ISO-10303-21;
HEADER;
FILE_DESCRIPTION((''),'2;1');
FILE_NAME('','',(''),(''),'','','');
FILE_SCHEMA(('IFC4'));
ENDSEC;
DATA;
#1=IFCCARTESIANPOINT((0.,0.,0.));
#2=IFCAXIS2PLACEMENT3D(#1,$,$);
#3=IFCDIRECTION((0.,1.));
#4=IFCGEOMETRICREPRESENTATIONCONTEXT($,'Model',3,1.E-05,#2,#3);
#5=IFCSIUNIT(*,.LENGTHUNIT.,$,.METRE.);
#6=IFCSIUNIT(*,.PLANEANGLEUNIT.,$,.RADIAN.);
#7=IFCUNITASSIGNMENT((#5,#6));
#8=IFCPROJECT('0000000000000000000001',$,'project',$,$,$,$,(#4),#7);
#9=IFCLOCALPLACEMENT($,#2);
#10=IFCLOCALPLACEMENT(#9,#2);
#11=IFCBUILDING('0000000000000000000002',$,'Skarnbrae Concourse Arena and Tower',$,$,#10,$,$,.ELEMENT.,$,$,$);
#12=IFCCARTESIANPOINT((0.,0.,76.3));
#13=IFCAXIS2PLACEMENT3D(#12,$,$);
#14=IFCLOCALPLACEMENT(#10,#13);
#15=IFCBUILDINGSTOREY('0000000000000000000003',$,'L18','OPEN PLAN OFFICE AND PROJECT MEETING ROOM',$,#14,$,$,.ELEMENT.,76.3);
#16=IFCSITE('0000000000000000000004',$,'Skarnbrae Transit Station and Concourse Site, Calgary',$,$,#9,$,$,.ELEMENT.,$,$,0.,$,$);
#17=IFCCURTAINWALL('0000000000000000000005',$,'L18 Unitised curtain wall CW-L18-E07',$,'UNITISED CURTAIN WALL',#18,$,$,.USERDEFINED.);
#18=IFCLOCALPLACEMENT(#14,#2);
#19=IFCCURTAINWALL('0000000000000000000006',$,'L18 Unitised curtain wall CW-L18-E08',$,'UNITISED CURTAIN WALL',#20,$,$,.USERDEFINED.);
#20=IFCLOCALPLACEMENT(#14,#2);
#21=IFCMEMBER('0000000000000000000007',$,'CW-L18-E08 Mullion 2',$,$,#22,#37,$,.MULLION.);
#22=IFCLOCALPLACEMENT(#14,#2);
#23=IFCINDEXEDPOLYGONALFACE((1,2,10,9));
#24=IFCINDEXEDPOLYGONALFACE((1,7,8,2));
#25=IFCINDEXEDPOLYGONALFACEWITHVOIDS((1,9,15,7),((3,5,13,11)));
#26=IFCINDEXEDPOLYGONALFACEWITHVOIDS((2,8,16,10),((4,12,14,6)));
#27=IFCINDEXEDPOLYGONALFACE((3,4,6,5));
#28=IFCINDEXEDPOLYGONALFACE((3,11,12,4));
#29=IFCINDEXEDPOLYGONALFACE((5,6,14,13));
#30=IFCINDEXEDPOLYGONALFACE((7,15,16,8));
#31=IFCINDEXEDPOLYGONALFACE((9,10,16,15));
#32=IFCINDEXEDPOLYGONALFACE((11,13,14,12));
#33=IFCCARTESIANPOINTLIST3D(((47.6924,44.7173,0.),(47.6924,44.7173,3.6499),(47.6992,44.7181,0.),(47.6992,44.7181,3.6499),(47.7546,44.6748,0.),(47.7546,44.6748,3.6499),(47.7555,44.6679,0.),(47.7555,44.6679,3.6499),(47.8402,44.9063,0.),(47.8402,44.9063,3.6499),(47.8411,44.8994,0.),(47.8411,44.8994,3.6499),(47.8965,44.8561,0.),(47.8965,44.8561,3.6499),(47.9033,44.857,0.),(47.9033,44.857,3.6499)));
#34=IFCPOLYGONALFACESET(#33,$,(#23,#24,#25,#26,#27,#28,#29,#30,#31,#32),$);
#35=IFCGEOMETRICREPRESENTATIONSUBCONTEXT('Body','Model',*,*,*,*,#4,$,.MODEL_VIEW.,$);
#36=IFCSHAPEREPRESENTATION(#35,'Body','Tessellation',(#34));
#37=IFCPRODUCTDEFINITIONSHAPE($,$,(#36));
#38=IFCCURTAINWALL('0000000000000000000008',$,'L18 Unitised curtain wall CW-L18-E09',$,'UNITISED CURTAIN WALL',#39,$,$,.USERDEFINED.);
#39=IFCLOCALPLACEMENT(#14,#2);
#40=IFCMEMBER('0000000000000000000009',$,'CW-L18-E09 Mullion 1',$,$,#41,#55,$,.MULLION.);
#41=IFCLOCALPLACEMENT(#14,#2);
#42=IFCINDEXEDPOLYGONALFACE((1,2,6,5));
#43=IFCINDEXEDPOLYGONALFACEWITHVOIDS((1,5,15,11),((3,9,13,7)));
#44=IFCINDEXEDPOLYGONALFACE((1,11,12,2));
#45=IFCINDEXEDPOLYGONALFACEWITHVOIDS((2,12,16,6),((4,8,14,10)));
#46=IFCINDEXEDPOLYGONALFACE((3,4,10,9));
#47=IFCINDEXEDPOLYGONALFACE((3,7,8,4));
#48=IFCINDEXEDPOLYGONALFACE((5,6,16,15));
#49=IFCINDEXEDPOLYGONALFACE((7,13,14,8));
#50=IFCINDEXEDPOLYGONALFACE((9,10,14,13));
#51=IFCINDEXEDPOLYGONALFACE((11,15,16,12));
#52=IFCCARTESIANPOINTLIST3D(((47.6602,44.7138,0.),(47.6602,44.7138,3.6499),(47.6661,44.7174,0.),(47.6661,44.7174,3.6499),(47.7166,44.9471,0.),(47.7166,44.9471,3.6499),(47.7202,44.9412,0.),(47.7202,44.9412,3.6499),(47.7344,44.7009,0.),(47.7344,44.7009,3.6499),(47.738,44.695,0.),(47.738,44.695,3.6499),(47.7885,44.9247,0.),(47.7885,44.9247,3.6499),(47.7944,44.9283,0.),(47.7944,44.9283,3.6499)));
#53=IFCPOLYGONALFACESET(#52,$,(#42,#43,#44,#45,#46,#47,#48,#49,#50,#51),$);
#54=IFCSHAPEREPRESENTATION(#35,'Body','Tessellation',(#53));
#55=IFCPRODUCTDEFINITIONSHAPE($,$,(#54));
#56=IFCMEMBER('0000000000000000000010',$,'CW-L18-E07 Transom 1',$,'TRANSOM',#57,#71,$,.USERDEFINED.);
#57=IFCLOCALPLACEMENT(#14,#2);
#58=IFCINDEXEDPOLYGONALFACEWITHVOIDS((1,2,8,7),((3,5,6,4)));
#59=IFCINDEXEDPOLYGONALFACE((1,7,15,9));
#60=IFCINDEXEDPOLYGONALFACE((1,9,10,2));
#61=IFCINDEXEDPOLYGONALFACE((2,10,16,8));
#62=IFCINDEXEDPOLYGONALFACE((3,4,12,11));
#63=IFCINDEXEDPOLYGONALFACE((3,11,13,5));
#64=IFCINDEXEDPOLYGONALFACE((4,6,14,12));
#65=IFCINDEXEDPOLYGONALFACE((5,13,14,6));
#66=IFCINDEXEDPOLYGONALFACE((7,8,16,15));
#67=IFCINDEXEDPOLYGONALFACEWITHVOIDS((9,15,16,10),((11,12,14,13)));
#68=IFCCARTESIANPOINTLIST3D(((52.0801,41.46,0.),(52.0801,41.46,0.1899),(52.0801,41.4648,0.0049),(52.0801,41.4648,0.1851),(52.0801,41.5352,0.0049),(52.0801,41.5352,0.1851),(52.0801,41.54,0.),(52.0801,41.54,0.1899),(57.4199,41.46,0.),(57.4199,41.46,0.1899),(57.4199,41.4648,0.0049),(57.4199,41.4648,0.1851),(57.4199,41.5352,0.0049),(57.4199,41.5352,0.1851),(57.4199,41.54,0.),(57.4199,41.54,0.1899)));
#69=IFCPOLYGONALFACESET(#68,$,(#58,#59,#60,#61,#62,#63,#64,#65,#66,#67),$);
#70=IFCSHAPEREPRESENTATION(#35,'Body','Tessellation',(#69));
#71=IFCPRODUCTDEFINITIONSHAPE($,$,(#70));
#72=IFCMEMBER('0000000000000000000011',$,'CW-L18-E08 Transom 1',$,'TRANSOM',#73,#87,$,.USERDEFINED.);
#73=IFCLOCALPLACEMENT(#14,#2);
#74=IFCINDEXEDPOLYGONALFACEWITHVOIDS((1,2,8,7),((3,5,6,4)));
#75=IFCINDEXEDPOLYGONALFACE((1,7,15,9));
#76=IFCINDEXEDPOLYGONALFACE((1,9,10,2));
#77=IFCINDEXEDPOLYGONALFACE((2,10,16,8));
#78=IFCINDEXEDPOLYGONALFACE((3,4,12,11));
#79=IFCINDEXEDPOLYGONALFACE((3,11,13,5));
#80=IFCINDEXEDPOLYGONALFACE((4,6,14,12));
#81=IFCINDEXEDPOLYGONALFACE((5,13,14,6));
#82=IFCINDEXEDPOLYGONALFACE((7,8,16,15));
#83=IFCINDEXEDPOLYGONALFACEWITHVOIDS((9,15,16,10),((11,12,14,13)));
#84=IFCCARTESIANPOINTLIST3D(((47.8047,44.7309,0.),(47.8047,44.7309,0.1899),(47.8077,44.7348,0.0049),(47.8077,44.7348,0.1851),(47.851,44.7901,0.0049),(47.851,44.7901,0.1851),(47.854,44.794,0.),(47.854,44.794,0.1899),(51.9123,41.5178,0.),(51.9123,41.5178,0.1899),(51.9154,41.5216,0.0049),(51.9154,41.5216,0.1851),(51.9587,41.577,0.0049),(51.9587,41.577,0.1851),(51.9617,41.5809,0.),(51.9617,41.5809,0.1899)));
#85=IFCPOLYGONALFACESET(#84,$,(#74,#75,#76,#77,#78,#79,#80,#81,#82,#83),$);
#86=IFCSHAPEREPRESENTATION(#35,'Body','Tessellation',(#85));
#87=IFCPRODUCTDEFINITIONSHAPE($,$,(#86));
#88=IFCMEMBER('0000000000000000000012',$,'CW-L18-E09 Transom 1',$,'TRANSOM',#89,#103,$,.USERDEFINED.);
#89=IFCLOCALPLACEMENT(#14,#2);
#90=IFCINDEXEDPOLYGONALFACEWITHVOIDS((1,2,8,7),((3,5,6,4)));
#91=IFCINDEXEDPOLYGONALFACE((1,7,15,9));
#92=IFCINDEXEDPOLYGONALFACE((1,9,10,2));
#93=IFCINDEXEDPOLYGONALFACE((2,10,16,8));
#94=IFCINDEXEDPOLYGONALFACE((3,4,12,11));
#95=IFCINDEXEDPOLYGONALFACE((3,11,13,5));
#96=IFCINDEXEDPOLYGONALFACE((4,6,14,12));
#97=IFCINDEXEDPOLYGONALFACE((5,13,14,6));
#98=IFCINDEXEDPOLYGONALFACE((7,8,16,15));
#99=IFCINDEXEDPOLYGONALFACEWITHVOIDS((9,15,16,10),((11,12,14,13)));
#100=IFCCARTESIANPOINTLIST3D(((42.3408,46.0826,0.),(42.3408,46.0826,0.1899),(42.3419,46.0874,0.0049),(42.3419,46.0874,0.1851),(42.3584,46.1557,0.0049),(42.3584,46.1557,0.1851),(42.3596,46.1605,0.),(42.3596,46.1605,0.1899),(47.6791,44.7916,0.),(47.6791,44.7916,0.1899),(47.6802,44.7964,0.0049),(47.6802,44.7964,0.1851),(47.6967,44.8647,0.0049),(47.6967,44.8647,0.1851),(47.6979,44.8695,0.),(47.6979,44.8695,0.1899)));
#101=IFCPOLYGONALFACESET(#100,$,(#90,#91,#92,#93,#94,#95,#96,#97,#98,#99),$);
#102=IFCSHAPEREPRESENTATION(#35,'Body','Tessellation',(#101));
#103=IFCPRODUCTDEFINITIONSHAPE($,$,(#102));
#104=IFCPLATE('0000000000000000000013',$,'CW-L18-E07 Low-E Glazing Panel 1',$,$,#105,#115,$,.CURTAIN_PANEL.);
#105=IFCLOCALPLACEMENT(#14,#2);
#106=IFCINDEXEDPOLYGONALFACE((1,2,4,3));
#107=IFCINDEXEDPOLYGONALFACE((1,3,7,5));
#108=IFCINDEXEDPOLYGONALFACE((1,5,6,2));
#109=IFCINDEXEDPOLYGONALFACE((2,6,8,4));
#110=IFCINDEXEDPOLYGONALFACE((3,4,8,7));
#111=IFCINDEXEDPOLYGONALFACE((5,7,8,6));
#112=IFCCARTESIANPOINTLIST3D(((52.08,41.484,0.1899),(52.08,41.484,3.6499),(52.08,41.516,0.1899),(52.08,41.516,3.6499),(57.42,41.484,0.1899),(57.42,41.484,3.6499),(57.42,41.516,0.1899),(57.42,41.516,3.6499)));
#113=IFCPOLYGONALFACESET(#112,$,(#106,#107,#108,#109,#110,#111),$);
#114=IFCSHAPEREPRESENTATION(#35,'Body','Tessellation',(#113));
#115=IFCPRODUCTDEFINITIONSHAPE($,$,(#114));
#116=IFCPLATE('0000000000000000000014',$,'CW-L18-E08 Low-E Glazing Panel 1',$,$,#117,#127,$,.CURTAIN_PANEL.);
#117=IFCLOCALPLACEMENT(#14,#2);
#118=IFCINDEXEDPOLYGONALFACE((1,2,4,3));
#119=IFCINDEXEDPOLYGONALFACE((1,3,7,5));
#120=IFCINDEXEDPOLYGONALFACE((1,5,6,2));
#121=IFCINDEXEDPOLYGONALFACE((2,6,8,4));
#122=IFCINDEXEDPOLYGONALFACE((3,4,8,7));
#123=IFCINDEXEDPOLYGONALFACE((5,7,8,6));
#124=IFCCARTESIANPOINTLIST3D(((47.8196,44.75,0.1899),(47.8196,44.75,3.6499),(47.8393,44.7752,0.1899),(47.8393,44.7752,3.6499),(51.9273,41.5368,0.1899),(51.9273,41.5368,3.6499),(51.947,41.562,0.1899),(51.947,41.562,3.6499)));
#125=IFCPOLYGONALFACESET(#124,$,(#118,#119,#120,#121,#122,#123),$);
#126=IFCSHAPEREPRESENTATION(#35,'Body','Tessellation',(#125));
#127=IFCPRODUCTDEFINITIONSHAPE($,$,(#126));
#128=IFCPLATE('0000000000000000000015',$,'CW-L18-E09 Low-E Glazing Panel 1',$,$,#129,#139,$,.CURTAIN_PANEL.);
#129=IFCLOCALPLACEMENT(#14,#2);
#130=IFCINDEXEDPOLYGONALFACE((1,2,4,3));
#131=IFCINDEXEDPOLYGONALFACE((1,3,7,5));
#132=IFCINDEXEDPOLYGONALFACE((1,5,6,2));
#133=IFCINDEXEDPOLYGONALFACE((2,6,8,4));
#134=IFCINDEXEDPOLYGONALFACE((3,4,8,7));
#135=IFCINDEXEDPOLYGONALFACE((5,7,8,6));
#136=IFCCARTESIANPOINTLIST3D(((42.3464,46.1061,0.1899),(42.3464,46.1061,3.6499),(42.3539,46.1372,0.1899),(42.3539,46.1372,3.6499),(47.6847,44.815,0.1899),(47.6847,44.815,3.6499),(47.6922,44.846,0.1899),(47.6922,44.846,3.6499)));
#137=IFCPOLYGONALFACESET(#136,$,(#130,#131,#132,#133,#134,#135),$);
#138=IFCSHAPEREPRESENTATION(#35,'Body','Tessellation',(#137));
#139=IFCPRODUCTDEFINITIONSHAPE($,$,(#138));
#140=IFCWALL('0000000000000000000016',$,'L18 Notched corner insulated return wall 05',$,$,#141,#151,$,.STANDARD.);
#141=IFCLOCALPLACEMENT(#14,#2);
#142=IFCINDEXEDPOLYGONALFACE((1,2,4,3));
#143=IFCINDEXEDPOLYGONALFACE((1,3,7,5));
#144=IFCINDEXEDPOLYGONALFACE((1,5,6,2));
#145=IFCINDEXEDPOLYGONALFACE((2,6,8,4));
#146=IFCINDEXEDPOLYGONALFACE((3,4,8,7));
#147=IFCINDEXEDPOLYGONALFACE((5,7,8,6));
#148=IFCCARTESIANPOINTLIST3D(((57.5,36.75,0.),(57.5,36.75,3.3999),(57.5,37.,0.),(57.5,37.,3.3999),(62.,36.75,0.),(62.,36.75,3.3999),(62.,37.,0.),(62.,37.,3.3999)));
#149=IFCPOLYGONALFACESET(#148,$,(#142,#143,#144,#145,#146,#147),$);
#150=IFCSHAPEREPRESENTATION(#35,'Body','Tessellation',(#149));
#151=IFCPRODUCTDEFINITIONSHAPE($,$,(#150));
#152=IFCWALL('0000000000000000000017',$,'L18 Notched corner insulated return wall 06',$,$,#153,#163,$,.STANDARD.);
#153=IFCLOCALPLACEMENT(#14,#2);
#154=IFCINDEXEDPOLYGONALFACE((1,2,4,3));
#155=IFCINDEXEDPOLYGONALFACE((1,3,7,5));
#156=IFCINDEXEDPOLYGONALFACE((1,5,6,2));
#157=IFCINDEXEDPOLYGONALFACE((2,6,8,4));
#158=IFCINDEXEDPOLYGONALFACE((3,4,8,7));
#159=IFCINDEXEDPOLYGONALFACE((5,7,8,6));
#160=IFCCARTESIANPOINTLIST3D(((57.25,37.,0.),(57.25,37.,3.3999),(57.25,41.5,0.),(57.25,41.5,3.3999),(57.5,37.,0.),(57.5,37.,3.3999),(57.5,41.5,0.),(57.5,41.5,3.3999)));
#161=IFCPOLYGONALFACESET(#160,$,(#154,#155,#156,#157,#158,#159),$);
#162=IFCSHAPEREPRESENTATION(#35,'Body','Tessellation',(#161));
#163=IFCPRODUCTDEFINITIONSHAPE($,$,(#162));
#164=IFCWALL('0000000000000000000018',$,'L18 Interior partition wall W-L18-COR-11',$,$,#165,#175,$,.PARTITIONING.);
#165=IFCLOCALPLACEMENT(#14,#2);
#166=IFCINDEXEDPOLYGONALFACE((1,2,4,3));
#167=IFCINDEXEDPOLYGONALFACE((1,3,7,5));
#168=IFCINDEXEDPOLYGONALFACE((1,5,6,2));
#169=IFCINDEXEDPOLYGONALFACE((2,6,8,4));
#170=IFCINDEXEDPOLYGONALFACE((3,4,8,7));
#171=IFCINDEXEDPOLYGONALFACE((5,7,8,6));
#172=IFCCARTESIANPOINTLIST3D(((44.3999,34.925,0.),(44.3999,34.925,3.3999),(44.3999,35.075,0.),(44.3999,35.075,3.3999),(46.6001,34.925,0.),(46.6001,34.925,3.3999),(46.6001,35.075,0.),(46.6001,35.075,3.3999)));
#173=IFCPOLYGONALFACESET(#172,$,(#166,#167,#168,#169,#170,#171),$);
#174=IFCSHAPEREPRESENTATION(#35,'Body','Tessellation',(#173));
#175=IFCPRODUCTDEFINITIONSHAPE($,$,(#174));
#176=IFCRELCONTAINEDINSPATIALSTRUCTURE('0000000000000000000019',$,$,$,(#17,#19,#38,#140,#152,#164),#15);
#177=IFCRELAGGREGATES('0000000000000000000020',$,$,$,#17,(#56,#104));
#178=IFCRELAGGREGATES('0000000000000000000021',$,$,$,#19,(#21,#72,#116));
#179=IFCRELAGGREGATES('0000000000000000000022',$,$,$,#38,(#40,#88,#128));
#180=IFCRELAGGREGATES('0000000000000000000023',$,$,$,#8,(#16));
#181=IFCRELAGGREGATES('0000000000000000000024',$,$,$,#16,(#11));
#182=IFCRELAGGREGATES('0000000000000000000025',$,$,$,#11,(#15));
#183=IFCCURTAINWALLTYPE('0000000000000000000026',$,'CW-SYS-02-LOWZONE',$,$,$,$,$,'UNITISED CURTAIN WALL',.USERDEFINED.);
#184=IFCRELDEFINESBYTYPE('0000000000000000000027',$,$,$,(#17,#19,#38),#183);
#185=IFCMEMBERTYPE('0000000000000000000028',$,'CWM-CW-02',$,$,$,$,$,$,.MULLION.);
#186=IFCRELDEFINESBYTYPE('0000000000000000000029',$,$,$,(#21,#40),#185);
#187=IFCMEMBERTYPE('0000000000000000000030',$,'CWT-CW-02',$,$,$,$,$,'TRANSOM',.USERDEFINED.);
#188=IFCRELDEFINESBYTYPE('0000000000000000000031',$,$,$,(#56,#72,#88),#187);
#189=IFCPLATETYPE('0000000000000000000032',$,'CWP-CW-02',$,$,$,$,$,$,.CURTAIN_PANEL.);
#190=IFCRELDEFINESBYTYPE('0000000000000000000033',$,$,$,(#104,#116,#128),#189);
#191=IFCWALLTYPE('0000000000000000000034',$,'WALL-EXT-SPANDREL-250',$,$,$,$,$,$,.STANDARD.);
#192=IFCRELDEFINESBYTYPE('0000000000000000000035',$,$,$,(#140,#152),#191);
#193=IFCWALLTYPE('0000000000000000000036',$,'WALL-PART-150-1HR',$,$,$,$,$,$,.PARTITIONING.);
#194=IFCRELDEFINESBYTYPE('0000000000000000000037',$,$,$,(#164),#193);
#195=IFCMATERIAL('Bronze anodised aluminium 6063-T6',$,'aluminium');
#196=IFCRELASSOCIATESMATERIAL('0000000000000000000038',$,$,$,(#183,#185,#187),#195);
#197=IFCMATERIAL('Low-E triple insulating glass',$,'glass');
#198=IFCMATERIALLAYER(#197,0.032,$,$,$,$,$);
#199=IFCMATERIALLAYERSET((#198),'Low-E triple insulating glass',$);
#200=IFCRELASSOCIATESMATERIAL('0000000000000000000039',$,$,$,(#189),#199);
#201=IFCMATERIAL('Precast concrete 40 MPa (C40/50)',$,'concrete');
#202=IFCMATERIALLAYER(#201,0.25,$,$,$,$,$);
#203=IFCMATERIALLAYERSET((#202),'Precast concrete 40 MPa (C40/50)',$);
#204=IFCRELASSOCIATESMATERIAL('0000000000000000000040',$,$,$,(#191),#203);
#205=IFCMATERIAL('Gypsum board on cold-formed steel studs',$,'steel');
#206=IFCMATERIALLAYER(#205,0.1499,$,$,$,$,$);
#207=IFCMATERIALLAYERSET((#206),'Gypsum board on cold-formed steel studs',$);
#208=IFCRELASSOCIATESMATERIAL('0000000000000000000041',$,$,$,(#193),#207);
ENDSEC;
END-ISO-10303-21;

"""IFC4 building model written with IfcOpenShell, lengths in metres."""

from ifc_helpers import new_model, si_unit, direction, frame, frame_2d, origin, origin_2d, place, context, subcontext, project, spatial, rectangle, hollow_rectangle, extrude, source, transform, mapped, material, layer, layer_set, material_profile, profile_set, type_object, element, aggregate, save


model = new_model("IFC4")

# Units and contexts
model_context = context("Model", 3, precision=1e-05, world=origin(), true_north=direction((0.0, 1.0)))
body_context = subcontext(model_context, "Body", "Model", "MODEL_VIEW")
ifc_project = project(units=[si_unit("LENGTHUNIT", "METRE"), si_unit("PLANEANGLEUNIT", "RADIAN")], contexts=[model_context])

# Site, building, storey
site_placement = place(None, origin())
site = spatial("IfcSite", under=ifc_project, at=site_placement, Name="Skarnbrae Transit Station and Concourse Site, Calgary", CompositionType="ELEMENT", RefElevation=0.0)
building_placement = place(site_placement, origin())
building = spatial("IfcBuilding", under=site, at=building_placement, Name="Skarnbrae Concourse Arena and Tower", CompositionType="ELEMENT")
storey_placement = place(building_placement, frame((0.0, 0.0, 76.3)))
storey = spatial("IfcBuildingStorey", under=building, at=storey_placement, Name="L18", Description="OPEN PLAN OFFICE AND PROJECT MEETING ROOM", CompositionType="ELEMENT", Elevation=76.3)

# Shared definitions
ifc_material_1 = material(Name="Bronze anodised aluminium 6063-T6", Category="aluminium")
curtain_wall_type = type_object("IfcCurtainWallType", Name="CW-SYS-02-LOWZONE", ElementType="UNITISED CURTAIN WALL", PredefinedType="USERDEFINED", material=ifc_material_1)
ifc_material_profile_1 = material_profile(ifc_material_1, hollow_rectangle(XDim=0.0801, YDim=0.24, WallThickness=0.0049, at=origin_2d()), Name="ALU-MULL-80X240")
ifc_profile_set_1 = profile_set([ifc_material_profile_1], Name="Bronze anodised aluminium 6063-T6")
member_type_1 = type_object("IfcMemberType", Name="CWM-CW-02", PredefinedType="MULLION", material=ifc_profile_set_1)
shared_shape_1 = source(origin(), body_context, "Body", "SweptSolid", [
    extrude(hollow_rectangle(XDim=0.0801, YDim=0.24, WallThickness=0.0049, at=origin_2d()), origin(), (0.0, 0.0, 1.0), 3.6499),
])

# Curtain walls, member
curtain_wall_1_placement = place(storey_placement, origin())
curtain_wall_1 = element("IfcCurtainWall", 1, at=curtain_wall_1_placement, inside=storey, type_object=curtain_wall_type, Name="L18 Unitised curtain wall CW-L18-E07", ObjectType="UNITISED CURTAIN WALL", PredefinedType="USERDEFINED")
curtain_wall_2_placement = place(storey_placement, origin())
curtain_wall_2 = element("IfcCurtainWall", 2, at=curtain_wall_2_placement, inside=storey, type_object=curtain_wall_type, Name="L18 Unitised curtain wall CW-L18-E08", ObjectType="UNITISED CURTAIN WALL", PredefinedType="USERDEFINED")
member_1_placement = place(storey_placement, frame((47.7979, 44.7871, 0.0), z_axis=(0.0, 0.0, 1.0), x_axis=(-0.787652, 0.616121, 0.0)))
member_1 = element("IfcMember", 3, at=member_1_placement, type_object=member_type_1, Name="CW-L18-E08 Mullion 2", PredefinedType="MULLION", context=body_context, shape_type="MappedRepresentation", body=[
    mapped(shared_shape_1, transform((0.0, 0.0, 0.0))),
])

# Curtain wall, member
curtain_wall_3_placement = place(storey_placement, origin())
curtain_wall_3 = element("IfcCurtainWall", 4, at=curtain_wall_3_placement, inside=storey, type_object=curtain_wall_type, Name="L18 Unitised curtain wall CW-L18-E09", ObjectType="UNITISED CURTAIN WALL", PredefinedType="USERDEFINED")
member_2_placement = place(storey_placement, frame((47.7273, 44.821, 0.0), z_axis=(0.0, 0.0, 1.0), x_axis=(-0.971974, 0.23509, 0.0)))
member_2 = element("IfcMember", 5, at=member_2_placement, type_object=member_type_1, Name="CW-L18-E09 Mullion 1", PredefinedType="MULLION", context=body_context, shape_type="MappedRepresentation", body=[
    mapped(shared_shape_1, transform((0.0, 0.0, 0.0))),
])

# Members
ifc_material_profile_2 = material_profile(ifc_material_1, hollow_rectangle(XDim=0.0801, YDim=0.1899, WallThickness=0.0049, at=origin_2d()), Name="ALU-TRAN-80X190")
ifc_profile_set_2 = profile_set([ifc_material_profile_2], Name="Bronze anodised aluminium 6063-T6")
member_type_2 = type_object("IfcMemberType", Name="CWT-CW-02", ElementType="TRANSOM", PredefinedType="USERDEFINED", material=ifc_profile_set_2)
shared_shape_2 = source(origin(), body_context, "Body", "SweptSolid", [
    extrude(hollow_rectangle(XDim=0.0801, YDim=0.1899, WallThickness=0.0049, at=origin_2d()), origin(), (0.0, 0.0, 1.0), 5.3398),
])
member_3_placement = place(storey_placement, frame((57.4199, 41.5, 0.095), z_axis=(-1.0, 0.0, 0.0), x_axis=(0.0, -1.0, 0.0)))
member_3 = element("IfcMember", 6, at=member_3_placement, type_object=member_type_2, Name="CW-L18-E07 Transom 1", ObjectType="TRANSOM", PredefinedType="USERDEFINED", context=body_context, shape_type="MappedRepresentation", body=[
    mapped(shared_shape_2, transform((0.0, 0.0, 0.0))),
])
shared_shape_3 = source(origin(), body_context, "Body", "SweptSolid", [
    extrude(hollow_rectangle(XDim=0.0801, YDim=0.1899, WallThickness=0.0049, at=origin_2d()), origin(), (0.0, 0.0, 1.0), 5.2151),
])
member_4_placement = place(storey_placement, frame((51.937, 41.5493, 0.095), z_axis=(-0.78765, 0.616123, 0.0), x_axis=(-0.616123, -0.78765, 0.0)))
member_4 = element("IfcMember", 7, at=member_4_placement, type_object=member_type_2, Name="CW-L18-E08 Transom 1", ObjectType="TRANSOM", PredefinedType="USERDEFINED", context=body_context, shape_type="MappedRepresentation", body=[
    mapped(shared_shape_3, transform((0.0, 0.0, 0.0))),
])
shared_shape_4 = source(origin(), body_context, "Body", "SweptSolid", [
    extrude(hollow_rectangle(XDim=0.0801, YDim=0.1899, WallThickness=0.0049, at=origin_2d()), origin(), (0.0, 0.0, 1.0), 5.4922),
])
member_5_placement = place(storey_placement, frame((47.6885, 44.8306, 0.095), z_axis=(-0.971981, 0.235061, 0.0), x_axis=(-0.235061, -0.971981, 0.0)))
member_5 = element("IfcMember", 8, at=member_5_placement, type_object=member_type_2, Name="CW-L18-E09 Transom 1", ObjectType="TRANSOM", PredefinedType="USERDEFINED", context=body_context, shape_type="MappedRepresentation", body=[
    mapped(shared_shape_4, transform((0.0, 0.0, 0.0))),
])

# Plates
ifc_material_2 = material(Name="Low-E triple insulating glass", Category="glass")
ifc_layer_1 = layer(ifc_material_2, 0.032)
ifc_layer_set_1 = layer_set([ifc_layer_1], Name="Low-E triple insulating glass")
plate_type = type_object("IfcPlateType", Name="CWP-CW-02", PredefinedType="CURTAIN_PANEL", material=ifc_layer_set_1)
shared_shape_5 = source(origin(), body_context, "Body", "SweptSolid", [
    extrude(rectangle(XDim=5.3401, YDim=0.032, at=origin_2d()), origin(), (0.0, 0.0, 1.0), 3.46),
])
plate_1_placement = place(storey_placement, frame((54.75, 41.5, 0.1899), z_axis=(0.0, 0.0, 1.0), x_axis=(-1.0, 0.0, 0.0)))
plate_1 = element("IfcPlate", 9, at=plate_1_placement, type_object=plate_type, Name="CW-L18-E07 Low-E Glazing Panel 1", PredefinedType="CURTAIN_PANEL", context=body_context, shape_type="MappedRepresentation", body=[
    mapped(shared_shape_5, transform((0.0, 0.0, 0.0))),
])
aggregate(curtain_wall_1, [member_3, plate_1])
shared_shape_6 = source(origin(), body_context, "Body", "SweptSolid", [
    extrude(rectangle(XDim=5.2151, YDim=0.032, at=origin_2d()), origin(), (0.0, 0.0, 1.0), 3.46),
])
plate_2_placement = place(storey_placement, frame((49.8833, 43.156, 0.1899), z_axis=(0.0, 0.0, 1.0), x_axis=(-0.787652, 0.616121, 0.0)))
plate_2 = element("IfcPlate", 10, at=plate_2_placement, type_object=plate_type, Name="CW-L18-E08 Low-E Glazing Panel 1", PredefinedType="CURTAIN_PANEL", context=body_context, shape_type="MappedRepresentation", body=[
    mapped(shared_shape_6, transform((0.0, 0.0, 0.0))),
])
aggregate(curtain_wall_2, [member_1, member_4, plate_2])
shared_shape_7 = source(origin(), body_context, "Body", "SweptSolid", [
    extrude(rectangle(XDim=5.4922, YDim=0.032, at=origin_2d()), origin(), (0.0, 0.0, 1.0), 3.46),
])
plate_3_placement = place(storey_placement, frame((45.0193, 45.4761, 0.1899), z_axis=(0.0, 0.0, 1.0), x_axis=(-0.971974, 0.23509, 0.0)))
plate_3 = element("IfcPlate", 11, at=plate_3_placement, type_object=plate_type, Name="CW-L18-E09 Low-E Glazing Panel 1", PredefinedType="CURTAIN_PANEL", context=body_context, shape_type="MappedRepresentation", body=[
    mapped(shared_shape_7, transform((0.0, 0.0, 0.0))),
])
aggregate(curtain_wall_3, [member_2, member_5, plate_3])

# Walls
ifc_material_3 = material(Name="Precast concrete 40 MPa (C40/50)", Category="concrete")
ifc_layer_2 = layer(ifc_material_3, 0.25)
ifc_layer_set_2 = layer_set([ifc_layer_2], Name="Precast concrete 40 MPa (C40/50)")
wall_type_1 = type_object("IfcWallType", Name="WALL-EXT-SPANDREL-250", PredefinedType="STANDARD", material=ifc_layer_set_2)
shared_shape_8 = source(origin(), body_context, "Body", "SweptSolid", [
    extrude(rectangle(XDim=4.5, YDim=0.25, at=frame_2d((2.25, 0.0))), origin(), (0.0, 0.0, 1.0), 3.3999),
])
for number, where, z_axis, x_axis, name in (
    (12, (62.0, 36.875, 0.0), (0.0, 0.0, 1.0), (-1.0, 0.0, 0.0), "L18 Notched corner insulated return wall 05"),
    (13, (57.375, 37.0, 0.0), (0.0, 0.0, 1.0), (0.0, 1.0, 0.0), "L18 Notched corner insulated return wall 06"),
):
    element("IfcWall", number, at=place(storey_placement, frame(where, z_axis=z_axis, x_axis=x_axis)), inside=storey, type_object=wall_type_1, Name=name, PredefinedType="STANDARD", context=body_context, shape_type="MappedRepresentation", body=[
        mapped(shared_shape_8, transform((0.0, 0.0, 0.0))),
    ])
ifc_material_4 = material(Name="Gypsum board on cold-formed steel studs", Category="steel")
ifc_layer_3 = layer(ifc_material_4, 0.1499)
ifc_layer_set_3 = layer_set([ifc_layer_3], Name="Gypsum board on cold-formed steel studs")
wall_type_2 = type_object("IfcWallType", Name="WALL-PART-150-1HR", PredefinedType="PARTITIONING", material=ifc_layer_set_3)
shared_shape_9 = source(origin(), body_context, "Body", "SweptSolid", [
    extrude(rectangle(XDim=2.2002, YDim=0.1499, at=frame_2d((1.1001, 0.0))), origin(), (0.0, 0.0, 1.0), 3.3999),
])
wall_1_placement = place(storey_placement, frame((44.3999, 35.0, 0.0), z_axis=(0.0, 0.0, 1.0), x_axis=(1.0, 0.0, 0.0)))
element("IfcWall", 14, at=wall_1_placement, inside=storey, type_object=wall_type_2, Name="L18 Interior partition wall W-L18-COR-11", PredefinedType="PARTITIONING", context=body_context, shape_type="MappedRepresentation", body=[
    mapped(shared_shape_9, transform((0.0, 0.0, 0.0))),
])

save(model, "model.ifc")
